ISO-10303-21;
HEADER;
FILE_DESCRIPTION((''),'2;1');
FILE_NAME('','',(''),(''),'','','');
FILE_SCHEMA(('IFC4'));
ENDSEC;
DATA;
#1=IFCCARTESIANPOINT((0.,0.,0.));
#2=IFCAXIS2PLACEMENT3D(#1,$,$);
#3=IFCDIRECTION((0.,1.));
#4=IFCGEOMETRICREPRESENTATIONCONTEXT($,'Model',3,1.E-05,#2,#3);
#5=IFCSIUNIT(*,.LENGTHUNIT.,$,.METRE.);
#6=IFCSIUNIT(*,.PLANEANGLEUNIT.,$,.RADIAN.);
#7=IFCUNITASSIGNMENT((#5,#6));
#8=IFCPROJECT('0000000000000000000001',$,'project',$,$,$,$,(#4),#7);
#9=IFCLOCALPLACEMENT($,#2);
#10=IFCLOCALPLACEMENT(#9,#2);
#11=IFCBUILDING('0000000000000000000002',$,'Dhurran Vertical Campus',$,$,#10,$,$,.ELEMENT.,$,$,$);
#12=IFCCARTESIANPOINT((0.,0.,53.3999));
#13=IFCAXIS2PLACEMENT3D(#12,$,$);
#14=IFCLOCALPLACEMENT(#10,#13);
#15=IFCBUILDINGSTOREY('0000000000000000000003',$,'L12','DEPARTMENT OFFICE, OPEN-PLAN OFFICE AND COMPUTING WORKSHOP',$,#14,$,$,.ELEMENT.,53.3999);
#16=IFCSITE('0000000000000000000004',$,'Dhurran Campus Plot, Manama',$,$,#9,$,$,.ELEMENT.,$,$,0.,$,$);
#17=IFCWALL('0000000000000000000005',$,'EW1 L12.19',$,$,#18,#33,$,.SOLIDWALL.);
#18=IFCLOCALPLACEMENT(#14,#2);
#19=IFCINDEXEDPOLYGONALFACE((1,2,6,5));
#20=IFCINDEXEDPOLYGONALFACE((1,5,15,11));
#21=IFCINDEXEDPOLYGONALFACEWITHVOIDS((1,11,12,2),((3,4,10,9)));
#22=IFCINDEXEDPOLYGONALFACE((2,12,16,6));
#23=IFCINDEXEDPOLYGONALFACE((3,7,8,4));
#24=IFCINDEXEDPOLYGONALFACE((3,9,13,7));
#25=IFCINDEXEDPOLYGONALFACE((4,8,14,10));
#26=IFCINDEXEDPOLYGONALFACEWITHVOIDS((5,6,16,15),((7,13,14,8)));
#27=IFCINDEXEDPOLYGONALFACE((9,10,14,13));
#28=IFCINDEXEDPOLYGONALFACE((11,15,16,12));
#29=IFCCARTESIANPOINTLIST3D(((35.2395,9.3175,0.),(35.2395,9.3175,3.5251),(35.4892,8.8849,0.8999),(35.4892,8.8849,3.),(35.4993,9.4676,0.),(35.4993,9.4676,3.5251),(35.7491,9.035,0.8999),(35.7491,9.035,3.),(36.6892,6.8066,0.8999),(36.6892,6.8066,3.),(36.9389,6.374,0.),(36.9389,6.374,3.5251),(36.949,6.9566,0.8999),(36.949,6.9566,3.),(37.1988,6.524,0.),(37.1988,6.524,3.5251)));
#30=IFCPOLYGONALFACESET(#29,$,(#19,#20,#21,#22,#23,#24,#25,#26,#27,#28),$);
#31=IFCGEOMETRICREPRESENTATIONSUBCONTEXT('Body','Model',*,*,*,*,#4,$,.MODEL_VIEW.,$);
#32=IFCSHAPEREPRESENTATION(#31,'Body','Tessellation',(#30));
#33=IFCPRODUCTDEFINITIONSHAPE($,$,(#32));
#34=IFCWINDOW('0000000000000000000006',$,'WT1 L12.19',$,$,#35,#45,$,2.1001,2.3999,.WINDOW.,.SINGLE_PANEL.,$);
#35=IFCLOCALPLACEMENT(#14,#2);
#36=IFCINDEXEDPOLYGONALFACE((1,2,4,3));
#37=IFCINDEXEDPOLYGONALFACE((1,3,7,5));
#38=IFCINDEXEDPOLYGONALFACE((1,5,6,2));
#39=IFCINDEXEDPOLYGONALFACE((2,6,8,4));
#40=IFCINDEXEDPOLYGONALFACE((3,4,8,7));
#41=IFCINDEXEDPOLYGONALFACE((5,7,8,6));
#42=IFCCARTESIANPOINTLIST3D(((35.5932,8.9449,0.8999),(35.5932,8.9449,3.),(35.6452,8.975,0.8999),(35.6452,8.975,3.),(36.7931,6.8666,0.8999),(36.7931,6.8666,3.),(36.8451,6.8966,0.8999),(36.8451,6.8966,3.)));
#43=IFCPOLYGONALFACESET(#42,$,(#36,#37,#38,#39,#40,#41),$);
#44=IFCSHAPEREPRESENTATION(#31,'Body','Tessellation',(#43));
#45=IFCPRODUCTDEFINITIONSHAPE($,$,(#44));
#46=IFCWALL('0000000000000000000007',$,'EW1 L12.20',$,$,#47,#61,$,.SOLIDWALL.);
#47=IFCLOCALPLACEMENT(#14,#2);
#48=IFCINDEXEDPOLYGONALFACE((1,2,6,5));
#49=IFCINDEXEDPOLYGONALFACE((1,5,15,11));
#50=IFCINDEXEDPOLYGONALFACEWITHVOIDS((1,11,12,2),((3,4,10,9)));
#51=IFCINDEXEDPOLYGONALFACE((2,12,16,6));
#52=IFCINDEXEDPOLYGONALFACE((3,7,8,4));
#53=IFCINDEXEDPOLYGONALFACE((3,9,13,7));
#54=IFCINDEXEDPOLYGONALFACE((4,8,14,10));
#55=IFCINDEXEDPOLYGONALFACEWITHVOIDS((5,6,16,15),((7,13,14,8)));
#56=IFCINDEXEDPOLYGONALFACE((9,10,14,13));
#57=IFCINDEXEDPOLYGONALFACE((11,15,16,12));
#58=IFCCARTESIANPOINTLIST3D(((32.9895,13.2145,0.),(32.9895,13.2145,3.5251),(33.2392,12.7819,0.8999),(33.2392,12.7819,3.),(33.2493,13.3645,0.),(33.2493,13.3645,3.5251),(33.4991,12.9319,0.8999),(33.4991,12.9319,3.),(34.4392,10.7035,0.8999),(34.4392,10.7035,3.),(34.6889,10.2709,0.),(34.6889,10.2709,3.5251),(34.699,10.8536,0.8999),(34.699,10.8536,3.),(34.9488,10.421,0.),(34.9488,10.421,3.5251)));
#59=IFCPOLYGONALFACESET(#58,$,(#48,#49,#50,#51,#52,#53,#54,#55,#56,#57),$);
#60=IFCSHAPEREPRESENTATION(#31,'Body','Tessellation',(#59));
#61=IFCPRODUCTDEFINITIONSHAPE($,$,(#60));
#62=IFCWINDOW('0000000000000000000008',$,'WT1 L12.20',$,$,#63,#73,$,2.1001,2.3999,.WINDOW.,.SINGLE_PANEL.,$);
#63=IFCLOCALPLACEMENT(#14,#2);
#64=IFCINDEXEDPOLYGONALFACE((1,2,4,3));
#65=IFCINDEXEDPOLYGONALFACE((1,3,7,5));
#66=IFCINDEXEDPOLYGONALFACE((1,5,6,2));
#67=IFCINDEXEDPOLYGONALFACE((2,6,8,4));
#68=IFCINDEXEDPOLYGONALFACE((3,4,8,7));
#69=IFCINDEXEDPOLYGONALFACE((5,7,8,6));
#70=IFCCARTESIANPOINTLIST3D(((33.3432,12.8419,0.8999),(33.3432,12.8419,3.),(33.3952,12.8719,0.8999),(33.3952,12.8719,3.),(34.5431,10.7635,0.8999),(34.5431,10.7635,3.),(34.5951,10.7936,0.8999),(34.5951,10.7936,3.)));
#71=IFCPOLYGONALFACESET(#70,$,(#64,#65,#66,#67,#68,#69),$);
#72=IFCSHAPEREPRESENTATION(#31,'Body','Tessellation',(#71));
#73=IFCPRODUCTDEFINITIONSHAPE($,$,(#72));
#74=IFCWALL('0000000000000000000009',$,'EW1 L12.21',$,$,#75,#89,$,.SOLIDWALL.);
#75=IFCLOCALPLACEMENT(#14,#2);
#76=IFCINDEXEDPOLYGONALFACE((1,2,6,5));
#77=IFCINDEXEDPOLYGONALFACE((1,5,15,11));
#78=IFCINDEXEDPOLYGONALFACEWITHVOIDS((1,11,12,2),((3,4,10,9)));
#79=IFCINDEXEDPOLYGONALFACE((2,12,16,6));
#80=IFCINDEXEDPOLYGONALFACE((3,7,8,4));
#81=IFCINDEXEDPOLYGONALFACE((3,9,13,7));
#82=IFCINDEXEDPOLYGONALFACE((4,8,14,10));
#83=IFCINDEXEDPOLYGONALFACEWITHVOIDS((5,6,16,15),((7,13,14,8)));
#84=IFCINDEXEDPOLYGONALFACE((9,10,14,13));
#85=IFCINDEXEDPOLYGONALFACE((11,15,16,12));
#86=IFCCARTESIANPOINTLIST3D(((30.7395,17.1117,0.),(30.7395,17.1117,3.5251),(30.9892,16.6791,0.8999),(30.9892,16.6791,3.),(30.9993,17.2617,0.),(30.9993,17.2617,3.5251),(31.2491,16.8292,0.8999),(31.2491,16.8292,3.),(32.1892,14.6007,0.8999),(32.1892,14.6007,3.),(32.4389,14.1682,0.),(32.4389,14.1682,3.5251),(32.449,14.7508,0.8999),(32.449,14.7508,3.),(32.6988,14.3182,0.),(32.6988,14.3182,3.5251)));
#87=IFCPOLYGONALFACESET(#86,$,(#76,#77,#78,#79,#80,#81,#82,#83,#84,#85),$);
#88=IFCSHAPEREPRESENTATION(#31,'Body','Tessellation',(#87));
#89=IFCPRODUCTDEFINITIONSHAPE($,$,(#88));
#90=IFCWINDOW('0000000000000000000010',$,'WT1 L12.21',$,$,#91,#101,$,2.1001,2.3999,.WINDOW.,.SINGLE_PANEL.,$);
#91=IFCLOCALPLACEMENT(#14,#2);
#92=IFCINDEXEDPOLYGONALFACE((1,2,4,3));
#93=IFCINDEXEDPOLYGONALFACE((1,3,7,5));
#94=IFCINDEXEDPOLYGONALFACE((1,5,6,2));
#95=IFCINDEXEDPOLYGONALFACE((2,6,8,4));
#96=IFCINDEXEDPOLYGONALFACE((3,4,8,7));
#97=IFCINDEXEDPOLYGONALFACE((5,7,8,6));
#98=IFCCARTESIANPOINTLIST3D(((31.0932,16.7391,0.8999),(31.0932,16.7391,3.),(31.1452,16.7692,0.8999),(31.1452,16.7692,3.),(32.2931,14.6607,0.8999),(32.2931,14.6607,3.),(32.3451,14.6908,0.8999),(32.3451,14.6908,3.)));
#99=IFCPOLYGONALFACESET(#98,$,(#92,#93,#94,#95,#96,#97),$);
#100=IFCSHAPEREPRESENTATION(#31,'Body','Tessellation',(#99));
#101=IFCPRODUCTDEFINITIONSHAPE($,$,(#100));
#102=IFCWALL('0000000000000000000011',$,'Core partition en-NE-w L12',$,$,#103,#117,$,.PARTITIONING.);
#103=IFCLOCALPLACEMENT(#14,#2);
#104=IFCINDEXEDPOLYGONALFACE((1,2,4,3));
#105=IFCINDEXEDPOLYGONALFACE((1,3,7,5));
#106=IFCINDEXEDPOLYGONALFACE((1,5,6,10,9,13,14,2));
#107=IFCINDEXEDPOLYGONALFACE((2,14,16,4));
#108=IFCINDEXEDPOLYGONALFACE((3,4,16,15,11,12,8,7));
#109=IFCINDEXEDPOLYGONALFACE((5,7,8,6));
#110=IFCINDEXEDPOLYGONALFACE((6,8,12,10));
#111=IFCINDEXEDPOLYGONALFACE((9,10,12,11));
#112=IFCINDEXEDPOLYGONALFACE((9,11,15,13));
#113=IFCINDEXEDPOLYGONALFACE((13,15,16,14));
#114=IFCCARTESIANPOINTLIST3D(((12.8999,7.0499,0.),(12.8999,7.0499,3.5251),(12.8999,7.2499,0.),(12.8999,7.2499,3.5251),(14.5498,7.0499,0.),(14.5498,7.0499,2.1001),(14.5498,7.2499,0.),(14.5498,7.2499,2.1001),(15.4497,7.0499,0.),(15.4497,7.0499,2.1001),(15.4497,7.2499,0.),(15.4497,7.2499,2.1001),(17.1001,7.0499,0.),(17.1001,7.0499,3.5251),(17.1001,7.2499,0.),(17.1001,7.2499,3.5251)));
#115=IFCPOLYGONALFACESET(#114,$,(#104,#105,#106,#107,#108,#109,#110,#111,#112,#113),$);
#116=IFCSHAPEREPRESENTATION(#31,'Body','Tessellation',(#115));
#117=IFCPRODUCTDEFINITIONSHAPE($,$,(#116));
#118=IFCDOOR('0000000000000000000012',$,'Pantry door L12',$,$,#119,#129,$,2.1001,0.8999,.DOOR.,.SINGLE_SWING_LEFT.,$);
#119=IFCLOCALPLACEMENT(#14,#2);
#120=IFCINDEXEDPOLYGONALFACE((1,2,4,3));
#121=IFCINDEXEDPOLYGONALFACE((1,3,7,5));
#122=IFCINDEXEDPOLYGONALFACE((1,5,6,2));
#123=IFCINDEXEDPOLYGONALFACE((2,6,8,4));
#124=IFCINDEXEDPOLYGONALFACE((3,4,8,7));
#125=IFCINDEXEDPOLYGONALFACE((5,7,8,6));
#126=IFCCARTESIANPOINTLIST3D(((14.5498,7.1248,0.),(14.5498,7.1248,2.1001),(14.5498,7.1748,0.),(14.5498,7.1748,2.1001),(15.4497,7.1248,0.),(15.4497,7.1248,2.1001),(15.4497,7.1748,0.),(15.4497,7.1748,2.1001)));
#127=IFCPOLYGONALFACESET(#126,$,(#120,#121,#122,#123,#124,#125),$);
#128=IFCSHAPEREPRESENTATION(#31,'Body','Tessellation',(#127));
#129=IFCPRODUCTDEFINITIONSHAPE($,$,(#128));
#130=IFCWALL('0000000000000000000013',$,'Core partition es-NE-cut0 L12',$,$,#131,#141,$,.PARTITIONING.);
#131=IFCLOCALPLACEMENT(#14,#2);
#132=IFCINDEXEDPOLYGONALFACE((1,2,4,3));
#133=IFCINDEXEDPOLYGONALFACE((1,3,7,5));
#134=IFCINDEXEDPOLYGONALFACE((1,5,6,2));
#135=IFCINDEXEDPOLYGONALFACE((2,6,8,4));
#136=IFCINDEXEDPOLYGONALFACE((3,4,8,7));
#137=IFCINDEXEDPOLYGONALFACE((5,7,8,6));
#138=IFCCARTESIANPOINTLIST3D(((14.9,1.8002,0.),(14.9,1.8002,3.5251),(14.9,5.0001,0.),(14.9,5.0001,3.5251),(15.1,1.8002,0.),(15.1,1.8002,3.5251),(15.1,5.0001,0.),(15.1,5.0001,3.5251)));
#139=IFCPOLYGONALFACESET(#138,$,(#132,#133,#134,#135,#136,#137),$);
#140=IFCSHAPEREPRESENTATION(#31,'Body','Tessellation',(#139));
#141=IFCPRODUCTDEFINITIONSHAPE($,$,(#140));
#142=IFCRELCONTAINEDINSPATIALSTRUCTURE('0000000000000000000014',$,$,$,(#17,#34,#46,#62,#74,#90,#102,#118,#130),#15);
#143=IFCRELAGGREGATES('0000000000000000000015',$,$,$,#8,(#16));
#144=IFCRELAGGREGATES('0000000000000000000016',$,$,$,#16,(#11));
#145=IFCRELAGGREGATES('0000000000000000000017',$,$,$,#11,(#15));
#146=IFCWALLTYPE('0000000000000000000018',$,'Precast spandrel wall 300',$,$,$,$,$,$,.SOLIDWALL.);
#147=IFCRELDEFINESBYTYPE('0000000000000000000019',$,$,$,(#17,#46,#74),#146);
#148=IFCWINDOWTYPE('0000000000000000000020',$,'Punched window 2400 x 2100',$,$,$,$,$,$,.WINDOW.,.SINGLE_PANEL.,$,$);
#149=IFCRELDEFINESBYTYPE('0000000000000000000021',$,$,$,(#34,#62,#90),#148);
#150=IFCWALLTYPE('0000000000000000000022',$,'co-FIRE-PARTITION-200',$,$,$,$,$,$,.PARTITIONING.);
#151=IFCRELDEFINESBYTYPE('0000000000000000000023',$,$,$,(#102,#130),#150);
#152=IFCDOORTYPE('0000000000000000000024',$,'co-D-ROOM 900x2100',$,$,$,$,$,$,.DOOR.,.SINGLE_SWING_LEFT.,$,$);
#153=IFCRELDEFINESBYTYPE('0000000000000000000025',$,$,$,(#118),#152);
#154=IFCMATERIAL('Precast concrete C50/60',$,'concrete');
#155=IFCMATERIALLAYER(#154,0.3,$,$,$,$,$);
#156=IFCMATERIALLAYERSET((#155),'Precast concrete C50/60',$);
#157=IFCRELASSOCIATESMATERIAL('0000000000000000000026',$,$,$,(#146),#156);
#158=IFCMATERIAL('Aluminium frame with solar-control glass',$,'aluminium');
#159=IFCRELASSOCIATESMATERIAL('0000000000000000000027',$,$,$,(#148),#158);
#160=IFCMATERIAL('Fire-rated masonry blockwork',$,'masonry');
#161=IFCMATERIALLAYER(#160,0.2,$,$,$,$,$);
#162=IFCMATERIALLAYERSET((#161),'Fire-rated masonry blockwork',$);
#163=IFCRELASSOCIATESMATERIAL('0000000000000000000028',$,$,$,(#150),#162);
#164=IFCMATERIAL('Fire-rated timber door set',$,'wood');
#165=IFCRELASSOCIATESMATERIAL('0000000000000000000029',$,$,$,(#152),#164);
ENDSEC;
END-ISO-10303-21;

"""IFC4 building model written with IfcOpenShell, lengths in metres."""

from ifc_helpers import new_model, si_unit, direction, frame, frame_2d, origin, place, context, subcontext, project, spatial, rectangle, extrude, material, layer, layer_set, type_object, element, fill, save


model = new_model("IFC4")

# Units and contexts
model_context = context("Model", 3, precision=1e-05, world=origin(), true_north=direction((0.0, 1.0)))
body_context = subcontext(model_context, "Body", "Model", "MODEL_VIEW")
ifc_project = project(units=[si_unit("LENGTHUNIT", "METRE"), si_unit("PLANEANGLEUNIT", "RADIAN")], contexts=[model_context])

# Site, building, storey
site_placement = place(None, origin())
site = spatial("IfcSite", under=ifc_project, at=site_placement, Name="Dhurran Campus Plot, Manama", CompositionType="ELEMENT", RefElevation=0.0)
building_placement = place(site_placement, origin())
building = spatial("IfcBuilding", under=site, at=building_placement, Name="Dhurran Vertical Campus", CompositionType="ELEMENT")
storey_placement = place(building_placement, frame((0.0, 0.0, 53.3999)))
storey = spatial("IfcBuildingStorey", under=building, at=storey_placement, Name="L12", Description="DEPARTMENT OFFICE, OPEN-PLAN OFFICE AND COMPUTING WORKSHOP", CompositionType="ELEMENT", Elevation=53.3999)

# Walls, openings, windows
ifc_material_1 = material(Name="Precast concrete C50/60", Category="concrete")
ifc_layer_1 = layer(ifc_material_1, 0.3)
ifc_layer_set_1 = layer_set([ifc_layer_1], Name="Precast concrete C50/60")
wall_type_1 = type_object("IfcWallType", Name="Precast spandrel wall 300", PredefinedType="SOLIDWALL", material=ifc_layer_set_1)
ifc_material_2 = material(Name="Aluminium frame with solar-control glass", Category="aluminium")
window_type = type_object("IfcWindowType", Name="Punched window 2400 x 2100", PartitioningType="SINGLE_PANEL", PredefinedType="WINDOW", material=ifc_material_2)
wall_1_placement = place(storey_placement, frame((37.0688, 6.449, 0.0), z_axis=(0.0, 0.0, 1.0), x_axis=(-0.499994, 0.866029, 0.0)))
wall_1 = element("IfcWall", 1, at=wall_1_placement, inside=storey, type_object=wall_type_1, Name="EW1 L12.19", PredefinedType="SOLIDWALL", context=body_context, shape_type="SweptSolid", body=[
    extrude(rectangle(XDim=3.3989, YDim=0.3, at=frame_2d((1.6995, 0.0))), origin(), (0.0, 0.0, 1.0), 3.5251),
])
opening_1_placement = place(wall_1_placement, frame((0.4995, 0.0, 0.8999)))
opening_1 = element("IfcOpeningElement", 2, at=opening_1_placement, cuts=wall_1, PredefinedType="OPENING", context=body_context, shape_type="SweptSolid", body=[
    extrude(rectangle(XDim=2.3999, YDim=2.1001, at=frame_2d((1.2, 1.05))), frame((0.0, 0.1599, 0.0), z_axis=(0.0, -1.0, 0.0), x_axis=(1.0, 0.0, 0.0)), (0.0, 0.0, 1.0), 0.3201),
])
window_1_placement = place(opening_1_placement, origin())
window_1 = element("IfcWindow", 3, at=window_1_placement, inside=storey, type_object=window_type, Name="WT1 L12.19", OverallHeight=2.1001, OverallWidth=2.3999, PartitioningType="SINGLE_PANEL", PredefinedType="WINDOW", context=body_context, shape_type="SweptSolid", body=[
    extrude(rectangle(XDim=2.3999, YDim=2.1001, at=frame_2d((1.2, 1.05))), frame((0.0, 0.03, 0.0), z_axis=(0.0, -1.0, 0.0), x_axis=(1.0, 0.0, 0.0)), (0.0, 0.0, 1.0), 0.0601),
])
fill(opening_1, window_1)
wall_2_placement = place(storey_placement, frame((34.8188, 10.3459, 0.0), z_axis=(0.0, 0.0, 1.0), x_axis=(-0.499994, 0.866029, 0.0)))
wall_2 = element("IfcWall", 4, at=wall_2_placement, inside=storey, type_object=wall_type_1, Name="EW1 L12.20", PredefinedType="SOLIDWALL", context=body_context, shape_type="SweptSolid", body=[
    extrude(rectangle(XDim=3.3989, YDim=0.3, at=frame_2d((1.6995, 0.0))), origin(), (0.0, 0.0, 1.0), 3.5251),
])
opening_2_placement = place(wall_2_placement, frame((0.4995, 0.0, 0.8999)))
opening_2 = element("IfcOpeningElement", 5, at=opening_2_placement, cuts=wall_2, PredefinedType="OPENING", context=body_context, shape_type="SweptSolid", body=[
    extrude(rectangle(XDim=2.3999, YDim=2.1001, at=frame_2d((1.2, 1.05))), frame((0.0, 0.1599, 0.0), z_axis=(0.0, -1.0, 0.0), x_axis=(1.0, 0.0, 0.0)), (0.0, 0.0, 1.0), 0.3201),
])
window_2_placement = place(opening_2_placement, origin())
window_2 = element("IfcWindow", 6, at=window_2_placement, inside=storey, type_object=window_type, Name="WT1 L12.20", OverallHeight=2.1001, OverallWidth=2.3999, PartitioningType="SINGLE_PANEL", PredefinedType="WINDOW", context=body_context, shape_type="SweptSolid", body=[
    extrude(rectangle(XDim=2.3999, YDim=2.1001, at=frame_2d((1.2, 1.05))), frame((0.0, 0.03, 0.0), z_axis=(0.0, -1.0, 0.0), x_axis=(1.0, 0.0, 0.0)), (0.0, 0.0, 1.0), 0.0601),
])
fill(opening_2, window_2)
wall_3_placement = place(storey_placement, frame((32.5688, 14.2432, 0.0), z_axis=(0.0, 0.0, 1.0), x_axis=(-0.499994, 0.866029, 0.0)))
wall_3 = element("IfcWall", 7, at=wall_3_placement, inside=storey, type_object=wall_type_1, Name="EW1 L12.21", PredefinedType="SOLIDWALL", context=body_context, shape_type="SweptSolid", body=[
    extrude(rectangle(XDim=3.3989, YDim=0.3, at=frame_2d((1.6995, 0.0))), origin(), (0.0, 0.0, 1.0), 3.5251),
])
opening_3_placement = place(wall_3_placement, frame((0.4995, 0.0, 0.8999)))
opening_3 = element("IfcOpeningElement", 8, at=opening_3_placement, cuts=wall_3, PredefinedType="OPENING", context=body_context, shape_type="SweptSolid", body=[
    extrude(rectangle(XDim=2.3999, YDim=2.1001, at=frame_2d((1.2, 1.05))), frame((0.0, 0.1599, 0.0), z_axis=(0.0, -1.0, 0.0), x_axis=(1.0, 0.0, 0.0)), (0.0, 0.0, 1.0), 0.3201),
])
window_3_placement = place(opening_3_placement, origin())
window_3 = element("IfcWindow", 9, at=window_3_placement, inside=storey, type_object=window_type, Name="WT1 L12.21", OverallHeight=2.1001, OverallWidth=2.3999, PartitioningType="SINGLE_PANEL", PredefinedType="WINDOW", context=body_context, shape_type="SweptSolid", body=[
    extrude(rectangle(XDim=2.3999, YDim=2.1001, at=frame_2d((1.2, 1.05))), frame((0.0, 0.03, 0.0), z_axis=(0.0, -1.0, 0.0), x_axis=(1.0, 0.0, 0.0)), (0.0, 0.0, 1.0), 0.0601),
])
fill(opening_3, window_3)

# Wall, opening, door
ifc_material_3 = material(Name="Fire-rated masonry blockwork", Category="masonry")
ifc_layer_2 = layer(ifc_material_3, 0.2)
ifc_layer_set_2 = layer_set([ifc_layer_2], Name="Fire-rated masonry blockwork")
wall_type_2 = type_object("IfcWallType", Name="co-FIRE-PARTITION-200", PredefinedType="PARTITIONING", material=ifc_layer_set_2)
wall_4_placement = place(storey_placement, frame((12.8999, 7.1499, 0.0), z_axis=(0.0, 0.0, 1.0), x_axis=(1.0, 0.0, 0.0)))
wall_4 = element("IfcWall", 10, at=wall_4_placement, inside=storey, type_object=wall_type_2, Name="Core partition en-NE-w L12", PredefinedType="PARTITIONING", context=body_context, shape_type="SweptSolid", body=[
    extrude(rectangle(XDim=4.2002, YDim=0.2, at=frame_2d((2.1001, 0.0))), origin(), (0.0, 0.0, 1.0), 3.5251),
])
opening_4_placement = place(wall_4_placement, frame((1.6499, 0.0, 0.0)))
opening_4 = element("IfcOpeningElement", 11, at=opening_4_placement, cuts=wall_4, PredefinedType="OPENING", context=body_context, shape_type="SweptSolid", body=[
    extrude(rectangle(XDim=0.8999, YDim=2.1001, at=frame_2d((0.45, 1.05))), frame((0.0, 0.1099, 0.0), z_axis=(0.0, -1.0, 0.0), x_axis=(1.0, 0.0, 0.0)), (0.0, 0.0, 1.0), 0.22),
])
ifc_material_4 = material(Name="Fire-rated timber door set", Category="wood")
door_type_1 = type_object("IfcDoorType", Name="co-D-ROOM 900x2100", OperationType="SINGLE_SWING_LEFT", PredefinedType="DOOR", material=ifc_material_4)
door_1_placement = place(opening_4_placement, origin())
door_1 = element("IfcDoor", 12, at=door_1_placement, inside=storey, type_object=door_type_1, Name="Pantry door L12", OperationType="SINGLE_SWING_LEFT", OverallHeight=2.1001, OverallWidth=0.8999, PredefinedType="DOOR", context=body_context, shape_type="SweptSolid", body=[
    extrude(rectangle(XDim=0.8999, YDim=2.1001, at=frame_2d((0.45, 1.05))), frame((0.0, 0.0249, 0.0), z_axis=(0.0, -1.0, 0.0), x_axis=(1.0, 0.0, 0.0)), (0.0, 0.0, 1.0), 0.05),
])
fill(opening_4, door_1)

# Wall
wall_5_placement = place(storey_placement, frame((15.0, 1.8, 0.0), z_axis=(0.0, 0.0, 1.0), x_axis=(0.0, 1.0, 0.0)))
element("IfcWall", 13, at=wall_5_placement, inside=storey, type_object=wall_type_2, Name="Core partition es-NE-cut0 L12", PredefinedType="PARTITIONING", context=body_context, shape_type="SweptSolid", body=[
    extrude(rectangle(XDim=3.2, YDim=0.2, at=frame_2d((1.6001, 0.0))), origin(), (0.0, 0.0, 1.0), 3.5251),
])

save(model, "model.ifc")
